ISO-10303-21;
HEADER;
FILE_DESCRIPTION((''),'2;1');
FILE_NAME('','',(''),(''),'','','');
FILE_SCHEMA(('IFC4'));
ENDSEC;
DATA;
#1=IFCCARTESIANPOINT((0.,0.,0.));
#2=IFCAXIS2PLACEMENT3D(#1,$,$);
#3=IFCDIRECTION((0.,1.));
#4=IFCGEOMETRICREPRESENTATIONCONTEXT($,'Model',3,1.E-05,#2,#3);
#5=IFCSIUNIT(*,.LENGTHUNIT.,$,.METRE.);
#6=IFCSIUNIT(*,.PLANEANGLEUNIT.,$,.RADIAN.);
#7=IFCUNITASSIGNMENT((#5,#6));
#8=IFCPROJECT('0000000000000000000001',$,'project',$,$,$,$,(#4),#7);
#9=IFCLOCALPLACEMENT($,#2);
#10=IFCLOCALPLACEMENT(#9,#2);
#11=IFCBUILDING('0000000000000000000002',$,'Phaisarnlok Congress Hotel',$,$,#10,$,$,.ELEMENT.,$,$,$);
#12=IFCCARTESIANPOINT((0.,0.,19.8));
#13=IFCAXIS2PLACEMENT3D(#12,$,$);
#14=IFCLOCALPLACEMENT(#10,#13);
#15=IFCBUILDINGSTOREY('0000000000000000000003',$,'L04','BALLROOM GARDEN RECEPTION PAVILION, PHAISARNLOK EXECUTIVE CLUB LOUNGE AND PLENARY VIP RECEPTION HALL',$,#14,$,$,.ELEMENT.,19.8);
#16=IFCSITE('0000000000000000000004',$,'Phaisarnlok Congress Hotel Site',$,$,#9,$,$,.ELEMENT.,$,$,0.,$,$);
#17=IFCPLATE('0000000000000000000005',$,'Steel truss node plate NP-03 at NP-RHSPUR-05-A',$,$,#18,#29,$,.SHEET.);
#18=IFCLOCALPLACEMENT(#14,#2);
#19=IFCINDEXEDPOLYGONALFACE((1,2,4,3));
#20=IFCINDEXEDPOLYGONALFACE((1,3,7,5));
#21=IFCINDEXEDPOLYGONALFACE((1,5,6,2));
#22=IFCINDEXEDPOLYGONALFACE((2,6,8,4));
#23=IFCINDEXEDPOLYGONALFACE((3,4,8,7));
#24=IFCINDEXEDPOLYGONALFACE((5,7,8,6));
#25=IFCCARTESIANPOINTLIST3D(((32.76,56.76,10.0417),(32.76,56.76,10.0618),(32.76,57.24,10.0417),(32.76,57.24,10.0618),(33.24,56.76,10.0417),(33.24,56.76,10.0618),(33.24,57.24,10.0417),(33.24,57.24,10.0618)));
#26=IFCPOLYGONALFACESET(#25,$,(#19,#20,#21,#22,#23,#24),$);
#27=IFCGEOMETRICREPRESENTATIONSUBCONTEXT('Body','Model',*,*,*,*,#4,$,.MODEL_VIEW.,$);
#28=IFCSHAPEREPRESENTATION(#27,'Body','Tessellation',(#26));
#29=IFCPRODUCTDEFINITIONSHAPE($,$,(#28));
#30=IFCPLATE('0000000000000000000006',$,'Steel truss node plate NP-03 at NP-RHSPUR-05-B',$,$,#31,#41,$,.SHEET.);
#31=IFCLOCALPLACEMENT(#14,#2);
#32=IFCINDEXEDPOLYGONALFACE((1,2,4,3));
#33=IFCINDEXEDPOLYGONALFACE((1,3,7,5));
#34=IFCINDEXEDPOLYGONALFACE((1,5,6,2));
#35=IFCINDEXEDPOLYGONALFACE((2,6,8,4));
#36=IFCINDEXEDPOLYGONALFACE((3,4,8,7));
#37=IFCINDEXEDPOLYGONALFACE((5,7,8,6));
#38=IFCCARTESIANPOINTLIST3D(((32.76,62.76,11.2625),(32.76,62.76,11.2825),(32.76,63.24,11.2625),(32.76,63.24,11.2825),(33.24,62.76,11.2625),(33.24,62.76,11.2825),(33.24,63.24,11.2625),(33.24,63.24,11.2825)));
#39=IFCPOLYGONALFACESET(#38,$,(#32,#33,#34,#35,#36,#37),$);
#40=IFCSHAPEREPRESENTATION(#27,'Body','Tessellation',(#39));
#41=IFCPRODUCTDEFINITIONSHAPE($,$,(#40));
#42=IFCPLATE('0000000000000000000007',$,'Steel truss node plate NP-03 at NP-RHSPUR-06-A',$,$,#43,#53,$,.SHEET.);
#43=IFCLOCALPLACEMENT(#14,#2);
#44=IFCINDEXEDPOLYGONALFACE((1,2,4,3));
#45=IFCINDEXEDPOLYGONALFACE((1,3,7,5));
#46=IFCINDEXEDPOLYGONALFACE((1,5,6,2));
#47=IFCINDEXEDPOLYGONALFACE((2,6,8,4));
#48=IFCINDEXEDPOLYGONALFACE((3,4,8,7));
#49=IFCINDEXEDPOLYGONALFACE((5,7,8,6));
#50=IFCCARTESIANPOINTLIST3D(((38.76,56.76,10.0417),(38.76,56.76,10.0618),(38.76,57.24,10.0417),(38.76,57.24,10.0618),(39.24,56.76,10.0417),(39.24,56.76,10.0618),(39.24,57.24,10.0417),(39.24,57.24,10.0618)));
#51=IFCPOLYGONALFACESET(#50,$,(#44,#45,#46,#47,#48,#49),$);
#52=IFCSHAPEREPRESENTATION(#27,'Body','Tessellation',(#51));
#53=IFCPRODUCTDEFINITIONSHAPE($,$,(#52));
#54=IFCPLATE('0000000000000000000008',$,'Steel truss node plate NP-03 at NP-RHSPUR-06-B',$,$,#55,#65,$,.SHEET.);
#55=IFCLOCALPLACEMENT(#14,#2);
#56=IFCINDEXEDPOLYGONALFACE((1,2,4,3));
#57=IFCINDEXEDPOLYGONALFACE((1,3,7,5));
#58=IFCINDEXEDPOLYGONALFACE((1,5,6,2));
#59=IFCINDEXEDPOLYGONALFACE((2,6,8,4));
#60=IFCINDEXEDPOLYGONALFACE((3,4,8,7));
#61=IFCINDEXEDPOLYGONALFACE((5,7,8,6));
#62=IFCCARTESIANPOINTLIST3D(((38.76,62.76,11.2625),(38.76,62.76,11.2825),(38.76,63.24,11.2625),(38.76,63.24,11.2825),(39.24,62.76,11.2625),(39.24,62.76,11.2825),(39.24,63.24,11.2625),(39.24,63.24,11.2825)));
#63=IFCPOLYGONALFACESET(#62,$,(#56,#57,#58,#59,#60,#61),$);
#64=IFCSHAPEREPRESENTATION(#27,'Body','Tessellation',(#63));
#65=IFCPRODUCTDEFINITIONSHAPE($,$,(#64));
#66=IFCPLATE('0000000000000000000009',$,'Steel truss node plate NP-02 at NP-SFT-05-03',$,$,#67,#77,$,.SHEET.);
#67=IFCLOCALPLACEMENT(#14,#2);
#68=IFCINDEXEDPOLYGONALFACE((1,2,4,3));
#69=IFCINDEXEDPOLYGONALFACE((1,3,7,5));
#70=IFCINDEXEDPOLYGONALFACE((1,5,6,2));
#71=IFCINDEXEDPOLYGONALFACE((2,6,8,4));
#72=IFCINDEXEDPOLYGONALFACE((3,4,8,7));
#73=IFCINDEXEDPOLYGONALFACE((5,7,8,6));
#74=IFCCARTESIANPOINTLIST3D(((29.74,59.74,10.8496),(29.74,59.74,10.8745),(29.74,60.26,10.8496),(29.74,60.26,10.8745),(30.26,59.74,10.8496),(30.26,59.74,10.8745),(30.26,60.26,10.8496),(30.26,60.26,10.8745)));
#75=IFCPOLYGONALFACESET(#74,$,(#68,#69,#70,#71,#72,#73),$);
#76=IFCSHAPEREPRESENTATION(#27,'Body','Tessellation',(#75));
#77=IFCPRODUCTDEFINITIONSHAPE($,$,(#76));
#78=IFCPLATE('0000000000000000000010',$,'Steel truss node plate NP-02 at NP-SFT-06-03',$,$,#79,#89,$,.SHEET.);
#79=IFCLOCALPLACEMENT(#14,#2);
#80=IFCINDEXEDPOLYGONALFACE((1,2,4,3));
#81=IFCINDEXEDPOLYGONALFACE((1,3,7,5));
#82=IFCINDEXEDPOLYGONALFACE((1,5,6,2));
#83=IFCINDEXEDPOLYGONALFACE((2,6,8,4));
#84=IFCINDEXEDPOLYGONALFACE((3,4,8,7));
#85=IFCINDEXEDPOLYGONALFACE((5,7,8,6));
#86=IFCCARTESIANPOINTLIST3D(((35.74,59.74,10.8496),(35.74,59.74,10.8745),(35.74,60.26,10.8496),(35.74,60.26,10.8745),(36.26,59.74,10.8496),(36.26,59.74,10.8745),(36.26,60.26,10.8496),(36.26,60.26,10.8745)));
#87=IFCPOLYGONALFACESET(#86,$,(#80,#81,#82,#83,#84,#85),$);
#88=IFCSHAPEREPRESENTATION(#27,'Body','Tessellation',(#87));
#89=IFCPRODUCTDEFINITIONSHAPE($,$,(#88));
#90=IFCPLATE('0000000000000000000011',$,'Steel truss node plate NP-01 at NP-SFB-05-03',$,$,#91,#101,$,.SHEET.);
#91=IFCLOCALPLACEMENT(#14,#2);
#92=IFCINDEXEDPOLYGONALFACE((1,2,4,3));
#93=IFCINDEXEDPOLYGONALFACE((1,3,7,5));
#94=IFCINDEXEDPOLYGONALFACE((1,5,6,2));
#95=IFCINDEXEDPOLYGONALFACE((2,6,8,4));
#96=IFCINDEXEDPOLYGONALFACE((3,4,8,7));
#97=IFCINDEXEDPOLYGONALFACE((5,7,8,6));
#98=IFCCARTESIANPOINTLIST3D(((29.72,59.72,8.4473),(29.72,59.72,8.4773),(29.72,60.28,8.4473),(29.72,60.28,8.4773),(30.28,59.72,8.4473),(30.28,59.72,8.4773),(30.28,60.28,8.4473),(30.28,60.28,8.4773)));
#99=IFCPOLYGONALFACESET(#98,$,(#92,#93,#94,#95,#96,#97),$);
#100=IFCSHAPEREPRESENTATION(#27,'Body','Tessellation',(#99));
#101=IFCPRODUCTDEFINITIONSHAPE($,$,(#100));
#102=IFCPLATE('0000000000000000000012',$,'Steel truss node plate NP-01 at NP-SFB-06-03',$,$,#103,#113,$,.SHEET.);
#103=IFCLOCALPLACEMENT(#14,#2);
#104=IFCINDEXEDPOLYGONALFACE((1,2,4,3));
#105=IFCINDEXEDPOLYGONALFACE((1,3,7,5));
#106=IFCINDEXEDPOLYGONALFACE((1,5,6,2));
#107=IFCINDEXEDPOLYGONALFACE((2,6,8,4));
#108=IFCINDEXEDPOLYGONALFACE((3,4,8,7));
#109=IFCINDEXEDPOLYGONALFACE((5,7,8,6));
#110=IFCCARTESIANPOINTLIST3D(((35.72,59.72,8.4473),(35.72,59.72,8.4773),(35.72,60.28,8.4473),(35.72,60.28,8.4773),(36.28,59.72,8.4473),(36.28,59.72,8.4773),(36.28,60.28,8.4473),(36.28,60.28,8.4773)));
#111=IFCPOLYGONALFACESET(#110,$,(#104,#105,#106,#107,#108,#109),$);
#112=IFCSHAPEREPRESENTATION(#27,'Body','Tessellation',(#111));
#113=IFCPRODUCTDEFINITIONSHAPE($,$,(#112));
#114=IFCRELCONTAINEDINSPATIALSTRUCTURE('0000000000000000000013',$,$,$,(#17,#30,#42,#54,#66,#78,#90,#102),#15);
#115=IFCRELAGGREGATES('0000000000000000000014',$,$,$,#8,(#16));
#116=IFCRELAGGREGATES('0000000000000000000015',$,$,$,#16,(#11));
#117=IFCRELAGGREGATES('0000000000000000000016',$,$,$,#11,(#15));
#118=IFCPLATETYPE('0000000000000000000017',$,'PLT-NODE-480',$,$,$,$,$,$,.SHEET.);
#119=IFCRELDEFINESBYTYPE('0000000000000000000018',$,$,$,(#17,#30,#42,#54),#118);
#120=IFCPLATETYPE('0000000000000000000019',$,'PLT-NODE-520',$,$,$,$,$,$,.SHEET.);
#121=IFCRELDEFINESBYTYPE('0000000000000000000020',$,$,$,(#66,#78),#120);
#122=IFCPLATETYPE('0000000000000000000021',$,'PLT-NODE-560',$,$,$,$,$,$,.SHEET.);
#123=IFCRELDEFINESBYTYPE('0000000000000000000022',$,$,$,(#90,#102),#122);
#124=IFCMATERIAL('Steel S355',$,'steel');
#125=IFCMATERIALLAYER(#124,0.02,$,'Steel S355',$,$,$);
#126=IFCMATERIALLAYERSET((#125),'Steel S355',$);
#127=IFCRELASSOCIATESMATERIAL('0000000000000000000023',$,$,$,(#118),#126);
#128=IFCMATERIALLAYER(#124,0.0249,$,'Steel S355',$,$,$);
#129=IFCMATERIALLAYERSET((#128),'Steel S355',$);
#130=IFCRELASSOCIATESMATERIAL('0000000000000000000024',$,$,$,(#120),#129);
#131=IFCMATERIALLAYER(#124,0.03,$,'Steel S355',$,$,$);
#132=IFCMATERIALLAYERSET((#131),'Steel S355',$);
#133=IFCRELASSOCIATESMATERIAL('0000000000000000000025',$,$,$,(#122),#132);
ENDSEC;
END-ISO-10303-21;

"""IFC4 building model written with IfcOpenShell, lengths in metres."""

from ifc_helpers import new_model, si_unit, direction, frame, origin, origin_2d, place, context, subcontext, project, spatial, rectangle, extrude, material, layer, layer_set, type_object, element, save


model = new_model("IFC4")

# Units and contexts
model_context = context("Model", 3, precision=1e-05, world=origin(), true_north=direction((0.0, 1.0)))
body_context = subcontext(model_context, "Body", "Model", "MODEL_VIEW")
ifc_project = project(units=[si_unit("LENGTHUNIT", "METRE"), si_unit("PLANEANGLEUNIT", "RADIAN")], contexts=[model_context])

# Site, building, storey
site_placement = place(None, origin())
site = spatial("IfcSite", under=ifc_project, at=site_placement, Name="Phaisarnlok Congress Hotel Site", CompositionType="ELEMENT", RefElevation=0.0)
building_placement = place(site_placement, origin())
building = spatial("IfcBuilding", under=site, at=building_placement, Name="Phaisarnlok Congress Hotel", CompositionType="ELEMENT")
storey_placement = place(building_placement, frame((0.0, 0.0, 19.8)))
storey = spatial("IfcBuildingStorey", under=building, at=storey_placement, Name="L04", Description="BALLROOM GARDEN RECEPTION PAVILION, PHAISARNLOK EXECUTIVE CLUB LOUNGE AND PLENARY VIP RECEPTION HALL", CompositionType="ELEMENT", Elevation=19.8)

# Shared definitions
ifc_material = material(Name="Steel S355", Category="steel")

# Plates
ifc_layer_1 = layer(ifc_material, 0.02, Name="Steel S355")
ifc_layer_set_1 = layer_set([ifc_layer_1], Name="Steel S355")
plate_type_1 = type_object("IfcPlateType", Name="PLT-NODE-480", PredefinedType="SHEET", material=ifc_layer_set_1)
for number, where, z_axis, x_axis, name in (
    (1, (33.0, 57.0, 10.0417), (0.0, 0.0, 1.0), (1.0, 0.0, 0.0), "Steel truss node plate NP-03 at NP-RHSPUR-05-A"),
    (2, (33.0, 63.0, 11.2625), (0.0, 0.0, 1.0), (1.0, 0.0, 0.0), "Steel truss node plate NP-03 at NP-RHSPUR-05-B"),
    (3, (39.0, 57.0, 10.0417), (0.0, 0.0, 1.0), (1.0, 0.0, 0.0), "Steel truss node plate NP-03 at NP-RHSPUR-06-A"),
    (4, (39.0, 63.0, 11.2625), (0.0, 0.0, 1.0), (1.0, 0.0, 0.0), "Steel truss node plate NP-03 at NP-RHSPUR-06-B"),
):
    element("IfcPlate", number, at=place(storey_placement, frame(where, z_axis=z_axis, x_axis=x_axis)), inside=storey, type_object=plate_type_1, Name=name, PredefinedType="SHEET", context=body_context, shape_type="SweptSolid", body=[
        extrude(rectangle(XDim=0.48, YDim=0.48, at=origin_2d()), origin(), (0.0, 0.0, 1.0), 0.02),
    ])
ifc_layer_2 = layer(ifc_material, 0.0249, Name="Steel S355")
ifc_layer_set_2 = layer_set([ifc_layer_2], Name="Steel S355")
plate_type_2 = type_object("IfcPlateType", Name="PLT-NODE-520", PredefinedType="SHEET", material=ifc_layer_set_2)
for number, where, z_axis, x_axis, name in (
    (5, (30.0, 60.0, 10.8496), (0.0, 0.0, 1.0), (1.0, 0.0, 0.0), "Steel truss node plate NP-02 at NP-SFT-05-03"),
    (6, (36.0, 60.0, 10.8496), (0.0, 0.0, 1.0), (1.0, 0.0, 0.0), "Steel truss node plate NP-02 at NP-SFT-06-03"),
):
    element("IfcPlate", number, at=place(storey_placement, frame(where, z_axis=z_axis, x_axis=x_axis)), inside=storey, type_object=plate_type_2, Name=name, PredefinedType="SHEET", context=body_context, shape_type="SweptSolid", body=[
        extrude(rectangle(XDim=0.52, YDim=0.52, at=origin_2d()), origin(), (0.0, 0.0, 1.0), 0.0249),
    ])
ifc_layer_3 = layer(ifc_material, 0.03, Name="Steel S355")
ifc_layer_set_3 = layer_set([ifc_layer_3], Name="Steel S355")
plate_type_3 = type_object("IfcPlateType", Name="PLT-NODE-560", PredefinedType="SHEET", material=ifc_layer_set_3)
for number, where, z_axis, x_axis, name in (
    (7, (30.0, 60.0, 8.4473), (0.0, 0.0, 1.0), (1.0, 0.0, 0.0), "Steel truss node plate NP-01 at NP-SFB-05-03"),
    (8, (36.0, 60.0, 8.4473), (0.0, 0.0, 1.0), (1.0, 0.0, 0.0), "Steel truss node plate NP-01 at NP-SFB-06-03"),
):
    element("IfcPlate", number, at=place(storey_placement, frame(where, z_axis=z_axis, x_axis=x_axis)), inside=storey, type_object=plate_type_3, Name=name, PredefinedType="SHEET", context=body_context, shape_type="SweptSolid", body=[
        extrude(rectangle(XDim=0.5601, YDim=0.5601, at=origin_2d()), origin(), (0.0, 0.0, 1.0), 0.03),
    ])

save(model, "model.ifc")
